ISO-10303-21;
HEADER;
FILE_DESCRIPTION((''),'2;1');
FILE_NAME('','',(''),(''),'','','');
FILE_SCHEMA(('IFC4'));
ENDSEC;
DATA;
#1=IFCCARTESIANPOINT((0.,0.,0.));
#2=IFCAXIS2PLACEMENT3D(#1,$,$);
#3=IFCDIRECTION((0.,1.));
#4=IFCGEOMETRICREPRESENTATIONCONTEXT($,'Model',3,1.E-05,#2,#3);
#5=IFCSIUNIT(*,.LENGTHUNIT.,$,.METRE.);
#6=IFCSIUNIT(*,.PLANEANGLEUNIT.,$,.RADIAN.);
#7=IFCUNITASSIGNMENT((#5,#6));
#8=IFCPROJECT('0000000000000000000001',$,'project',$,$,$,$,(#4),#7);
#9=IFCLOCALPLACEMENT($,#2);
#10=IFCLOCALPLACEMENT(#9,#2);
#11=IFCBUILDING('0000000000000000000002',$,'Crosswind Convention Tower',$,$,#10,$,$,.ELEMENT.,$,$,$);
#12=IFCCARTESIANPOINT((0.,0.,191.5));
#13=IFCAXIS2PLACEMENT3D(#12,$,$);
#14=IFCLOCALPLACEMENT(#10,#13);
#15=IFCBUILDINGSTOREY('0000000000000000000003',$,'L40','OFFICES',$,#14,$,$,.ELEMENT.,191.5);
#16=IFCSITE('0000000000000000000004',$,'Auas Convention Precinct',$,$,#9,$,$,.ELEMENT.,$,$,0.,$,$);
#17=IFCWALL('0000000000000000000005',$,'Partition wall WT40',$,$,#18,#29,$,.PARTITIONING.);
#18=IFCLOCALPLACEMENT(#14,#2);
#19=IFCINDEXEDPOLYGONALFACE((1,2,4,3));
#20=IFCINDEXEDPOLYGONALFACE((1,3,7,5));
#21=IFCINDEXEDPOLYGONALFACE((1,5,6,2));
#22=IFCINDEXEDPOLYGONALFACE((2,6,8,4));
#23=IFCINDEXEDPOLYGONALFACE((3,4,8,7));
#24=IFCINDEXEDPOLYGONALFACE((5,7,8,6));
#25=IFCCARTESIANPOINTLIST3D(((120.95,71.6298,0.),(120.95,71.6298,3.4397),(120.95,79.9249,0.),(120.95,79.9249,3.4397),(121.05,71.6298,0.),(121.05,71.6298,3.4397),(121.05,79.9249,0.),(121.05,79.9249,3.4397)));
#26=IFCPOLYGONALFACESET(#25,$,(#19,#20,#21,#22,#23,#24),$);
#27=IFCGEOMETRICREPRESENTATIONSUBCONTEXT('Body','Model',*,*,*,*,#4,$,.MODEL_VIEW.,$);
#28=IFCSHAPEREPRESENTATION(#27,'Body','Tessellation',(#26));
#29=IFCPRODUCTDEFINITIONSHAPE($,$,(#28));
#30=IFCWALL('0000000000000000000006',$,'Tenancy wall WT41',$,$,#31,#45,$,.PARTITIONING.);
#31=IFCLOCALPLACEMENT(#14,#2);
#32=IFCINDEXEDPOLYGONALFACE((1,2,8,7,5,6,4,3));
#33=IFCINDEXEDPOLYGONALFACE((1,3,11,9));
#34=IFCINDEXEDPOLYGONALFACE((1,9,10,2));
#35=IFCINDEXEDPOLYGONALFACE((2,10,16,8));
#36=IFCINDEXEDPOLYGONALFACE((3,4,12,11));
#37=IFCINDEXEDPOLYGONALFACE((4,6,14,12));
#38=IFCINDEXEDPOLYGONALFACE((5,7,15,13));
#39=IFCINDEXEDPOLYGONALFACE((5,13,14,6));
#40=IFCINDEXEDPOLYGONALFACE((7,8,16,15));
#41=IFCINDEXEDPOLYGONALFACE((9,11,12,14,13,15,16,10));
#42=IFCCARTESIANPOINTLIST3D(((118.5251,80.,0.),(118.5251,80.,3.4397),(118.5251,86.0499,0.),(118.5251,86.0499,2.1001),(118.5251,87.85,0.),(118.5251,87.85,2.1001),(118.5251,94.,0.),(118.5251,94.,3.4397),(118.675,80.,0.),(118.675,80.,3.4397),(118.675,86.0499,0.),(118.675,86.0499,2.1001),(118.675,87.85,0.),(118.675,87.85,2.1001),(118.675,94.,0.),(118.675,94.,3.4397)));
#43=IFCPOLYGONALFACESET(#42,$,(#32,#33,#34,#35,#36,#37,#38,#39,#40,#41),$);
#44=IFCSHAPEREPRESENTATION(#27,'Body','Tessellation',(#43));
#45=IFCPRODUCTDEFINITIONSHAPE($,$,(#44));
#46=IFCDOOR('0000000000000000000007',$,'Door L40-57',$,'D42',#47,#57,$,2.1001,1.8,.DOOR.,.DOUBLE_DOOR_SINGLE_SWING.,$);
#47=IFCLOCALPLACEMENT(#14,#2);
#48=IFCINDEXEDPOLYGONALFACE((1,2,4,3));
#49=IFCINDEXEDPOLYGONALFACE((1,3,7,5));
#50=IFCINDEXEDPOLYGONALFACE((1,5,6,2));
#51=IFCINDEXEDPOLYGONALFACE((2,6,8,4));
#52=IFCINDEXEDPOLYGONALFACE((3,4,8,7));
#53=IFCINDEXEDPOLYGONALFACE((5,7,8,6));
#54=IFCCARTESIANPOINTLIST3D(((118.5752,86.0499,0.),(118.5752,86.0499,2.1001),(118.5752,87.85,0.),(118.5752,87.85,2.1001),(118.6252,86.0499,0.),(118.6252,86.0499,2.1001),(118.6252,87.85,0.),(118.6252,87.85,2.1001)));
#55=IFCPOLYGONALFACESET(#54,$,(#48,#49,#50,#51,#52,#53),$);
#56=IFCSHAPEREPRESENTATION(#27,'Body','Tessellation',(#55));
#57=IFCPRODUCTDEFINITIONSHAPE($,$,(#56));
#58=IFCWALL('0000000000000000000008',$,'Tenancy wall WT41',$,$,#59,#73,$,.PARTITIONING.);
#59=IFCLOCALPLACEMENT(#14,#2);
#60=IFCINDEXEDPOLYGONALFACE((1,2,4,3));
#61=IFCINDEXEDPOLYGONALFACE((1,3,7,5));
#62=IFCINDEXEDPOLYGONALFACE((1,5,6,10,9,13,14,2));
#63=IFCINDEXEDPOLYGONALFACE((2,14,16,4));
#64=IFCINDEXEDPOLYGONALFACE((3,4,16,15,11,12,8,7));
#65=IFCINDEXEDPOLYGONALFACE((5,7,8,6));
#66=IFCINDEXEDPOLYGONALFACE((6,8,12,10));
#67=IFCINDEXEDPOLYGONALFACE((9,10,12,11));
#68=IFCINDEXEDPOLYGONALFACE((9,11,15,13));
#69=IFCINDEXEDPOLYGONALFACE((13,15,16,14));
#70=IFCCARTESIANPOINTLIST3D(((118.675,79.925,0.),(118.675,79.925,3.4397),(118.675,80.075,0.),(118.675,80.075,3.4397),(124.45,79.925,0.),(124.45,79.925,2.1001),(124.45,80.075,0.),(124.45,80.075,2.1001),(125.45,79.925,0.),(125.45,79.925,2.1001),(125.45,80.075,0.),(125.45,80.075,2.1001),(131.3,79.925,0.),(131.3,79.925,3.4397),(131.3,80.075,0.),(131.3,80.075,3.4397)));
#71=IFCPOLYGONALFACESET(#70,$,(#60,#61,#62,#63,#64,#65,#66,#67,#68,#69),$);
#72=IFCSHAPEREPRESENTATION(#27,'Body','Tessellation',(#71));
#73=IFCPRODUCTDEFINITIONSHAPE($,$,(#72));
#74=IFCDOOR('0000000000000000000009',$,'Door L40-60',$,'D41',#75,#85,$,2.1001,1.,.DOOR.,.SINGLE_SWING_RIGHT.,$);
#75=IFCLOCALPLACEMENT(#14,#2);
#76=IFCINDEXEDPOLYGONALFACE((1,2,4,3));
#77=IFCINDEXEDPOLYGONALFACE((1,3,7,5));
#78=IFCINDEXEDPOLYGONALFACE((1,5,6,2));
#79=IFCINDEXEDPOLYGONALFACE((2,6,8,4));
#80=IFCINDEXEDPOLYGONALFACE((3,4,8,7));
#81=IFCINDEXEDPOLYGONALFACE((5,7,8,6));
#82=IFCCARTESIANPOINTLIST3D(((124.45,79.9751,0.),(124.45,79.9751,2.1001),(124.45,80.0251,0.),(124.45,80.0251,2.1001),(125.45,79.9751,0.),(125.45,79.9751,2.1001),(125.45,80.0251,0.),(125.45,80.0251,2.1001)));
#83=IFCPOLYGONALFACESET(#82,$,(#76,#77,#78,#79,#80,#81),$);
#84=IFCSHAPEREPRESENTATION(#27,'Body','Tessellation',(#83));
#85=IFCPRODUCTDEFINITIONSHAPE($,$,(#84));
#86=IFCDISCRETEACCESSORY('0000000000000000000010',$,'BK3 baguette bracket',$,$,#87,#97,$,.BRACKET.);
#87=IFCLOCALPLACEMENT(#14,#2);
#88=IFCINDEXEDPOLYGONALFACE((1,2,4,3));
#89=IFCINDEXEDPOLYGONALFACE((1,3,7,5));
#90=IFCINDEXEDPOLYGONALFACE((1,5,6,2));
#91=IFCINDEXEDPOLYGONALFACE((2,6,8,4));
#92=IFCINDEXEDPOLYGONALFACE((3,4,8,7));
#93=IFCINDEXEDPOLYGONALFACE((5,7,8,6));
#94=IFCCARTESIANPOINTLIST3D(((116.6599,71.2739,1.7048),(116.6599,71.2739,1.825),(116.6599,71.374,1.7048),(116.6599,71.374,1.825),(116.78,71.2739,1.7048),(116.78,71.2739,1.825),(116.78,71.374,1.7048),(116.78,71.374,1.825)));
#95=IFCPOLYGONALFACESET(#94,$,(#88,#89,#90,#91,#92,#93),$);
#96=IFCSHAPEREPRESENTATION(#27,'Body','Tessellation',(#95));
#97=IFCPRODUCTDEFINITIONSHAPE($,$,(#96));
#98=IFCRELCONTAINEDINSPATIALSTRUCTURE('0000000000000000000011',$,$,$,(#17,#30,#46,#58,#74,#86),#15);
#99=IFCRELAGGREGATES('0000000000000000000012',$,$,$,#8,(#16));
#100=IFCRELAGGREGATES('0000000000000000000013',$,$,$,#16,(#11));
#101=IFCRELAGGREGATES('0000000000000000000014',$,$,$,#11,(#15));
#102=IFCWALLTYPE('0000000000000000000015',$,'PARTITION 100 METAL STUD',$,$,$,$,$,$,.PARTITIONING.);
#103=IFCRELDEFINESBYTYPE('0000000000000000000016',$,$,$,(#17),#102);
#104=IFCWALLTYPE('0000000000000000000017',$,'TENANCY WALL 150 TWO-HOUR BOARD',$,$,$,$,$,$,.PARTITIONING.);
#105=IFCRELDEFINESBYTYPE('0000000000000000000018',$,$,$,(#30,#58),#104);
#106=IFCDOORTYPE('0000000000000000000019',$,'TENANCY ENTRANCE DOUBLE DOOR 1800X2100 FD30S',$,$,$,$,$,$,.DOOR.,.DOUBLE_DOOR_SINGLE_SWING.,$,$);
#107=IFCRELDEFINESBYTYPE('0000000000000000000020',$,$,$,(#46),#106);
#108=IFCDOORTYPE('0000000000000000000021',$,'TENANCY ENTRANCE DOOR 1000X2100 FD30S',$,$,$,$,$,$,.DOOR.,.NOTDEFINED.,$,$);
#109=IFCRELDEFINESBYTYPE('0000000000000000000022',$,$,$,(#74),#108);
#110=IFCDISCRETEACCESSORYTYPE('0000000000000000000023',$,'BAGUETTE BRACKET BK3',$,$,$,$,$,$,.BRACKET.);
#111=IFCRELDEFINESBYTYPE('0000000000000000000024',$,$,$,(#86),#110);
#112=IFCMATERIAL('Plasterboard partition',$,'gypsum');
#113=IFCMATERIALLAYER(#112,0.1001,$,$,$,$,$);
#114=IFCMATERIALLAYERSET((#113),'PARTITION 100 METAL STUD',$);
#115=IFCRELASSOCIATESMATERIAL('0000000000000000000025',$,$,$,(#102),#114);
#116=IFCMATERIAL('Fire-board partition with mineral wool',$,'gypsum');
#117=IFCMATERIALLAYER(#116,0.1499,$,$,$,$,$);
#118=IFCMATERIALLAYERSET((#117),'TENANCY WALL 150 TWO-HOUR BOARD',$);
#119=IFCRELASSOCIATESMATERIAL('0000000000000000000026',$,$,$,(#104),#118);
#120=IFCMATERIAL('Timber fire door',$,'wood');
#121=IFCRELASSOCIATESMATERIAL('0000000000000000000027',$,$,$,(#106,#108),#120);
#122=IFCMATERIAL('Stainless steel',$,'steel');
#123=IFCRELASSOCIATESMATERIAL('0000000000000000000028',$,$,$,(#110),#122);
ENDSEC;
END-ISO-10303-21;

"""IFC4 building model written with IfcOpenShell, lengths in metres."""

from ifc_helpers import new_model, si_unit, direction, frame, frame_2d, origin, origin_2d, place, context, subcontext, project, spatial, rectangle, extrude, material, layer, layer_set, type_object, element, fill, save


model = new_model("IFC4")

# Units and contexts
model_context = context("Model", 3, precision=1e-05, world=origin(), true_north=direction((0.0, 1.0)))
body_context = subcontext(model_context, "Body", "Model", "MODEL_VIEW")
ifc_project = project(units=[si_unit("LENGTHUNIT", "METRE"), si_unit("PLANEANGLEUNIT", "RADIAN")], contexts=[model_context])

# Site, building, storey
site_placement = place(None, origin())
site = spatial("IfcSite", under=ifc_project, at=site_placement, Name="Auas Convention Precinct", CompositionType="ELEMENT", RefElevation=0.0)
building_placement = place(site_placement, origin())
building = spatial("IfcBuilding", under=site, at=building_placement, Name="Crosswind Convention Tower", CompositionType="ELEMENT")
storey_placement = place(building_placement, frame((0.0, 0.0, 191.5)))
storey = spatial("IfcBuildingStorey", under=building, at=storey_placement, Name="L40", Description="OFFICES", CompositionType="ELEMENT", Elevation=191.5)

# Wall
ifc_material_1 = material(Name="Plasterboard partition", Category="gypsum")
ifc_layer_1 = layer(ifc_material_1, 0.1001)
ifc_layer_set_1 = layer_set([ifc_layer_1], Name="PARTITION 100 METAL STUD")
wall_type_1 = type_object("IfcWallType", Name="PARTITION 100 METAL STUD", PredefinedType="PARTITIONING", material=ifc_layer_set_1)
wall_1_placement = place(storey_placement, frame((121.0, 71.6299, 0.0), z_axis=(0.0, 0.0, 1.0), x_axis=(0.0, 1.0, 0.0)))
element("IfcWall", 1, at=wall_1_placement, inside=storey, type_object=wall_type_1, Name="Partition wall WT40", PredefinedType="PARTITIONING", context=body_context, shape_type="SweptSolid", body=[
    extrude(rectangle(XDim=8.2952, YDim=0.1001, at=frame_2d((4.1475, 0.0))), origin(), (0.0, 0.0, 1.0), 3.4397),
])

# Walls, openings, doors
ifc_material_2 = material(Name="Fire-board partition with mineral wool", Category="gypsum")
ifc_layer_2 = layer(ifc_material_2, 0.1499)
ifc_layer_set_2 = layer_set([ifc_layer_2], Name="TENANCY WALL 150 TWO-HOUR BOARD")
wall_type_2 = type_object("IfcWallType", Name="TENANCY WALL 150 TWO-HOUR BOARD", PredefinedType="PARTITIONING", material=ifc_layer_set_2)
wall_2_placement = place(storey_placement, frame((118.6001, 80.0, 0.0), z_axis=(0.0, 0.0, 1.0), x_axis=(0.0, 1.0, 0.0)))
wall_2 = element("IfcWall", 2, at=wall_2_placement, inside=storey, type_object=wall_type_2, Name="Tenancy wall WT41", PredefinedType="PARTITIONING", context=body_context, shape_type="SweptSolid", body=[
    extrude(rectangle(XDim=14.0, YDim=0.1499, at=frame_2d((7.0, 0.0))), origin(), (0.0, 0.0, 1.0), 3.4397),
])
opening_1_placement = place(wall_2_placement, frame((6.05, 0.0, 0.0)))
opening_1 = element("IfcOpeningElement", 3, at=opening_1_placement, cuts=wall_2, PredefinedType="OPENING", context=body_context, shape_type="SweptSolid", body=[
    extrude(rectangle(XDim=1.8, YDim=2.1001, at=frame_2d((0.8999, 1.05))), frame((0.0, 0.085, 0.0), z_axis=(0.0, -1.0, 0.0), x_axis=(1.0, 0.0, 0.0)), (0.0, 0.0, 1.0), 0.1699),
])
ifc_material_3 = material(Name="Timber fire door", Category="wood")
door_type_1 = type_object("IfcDoorType", Name="TENANCY ENTRANCE DOUBLE DOOR 1800X2100 FD30S", OperationType="DOUBLE_DOOR_SINGLE_SWING", PredefinedType="DOOR", material=ifc_material_3)
door_1_placement = place(opening_1_placement, origin())
door_1 = element("IfcDoor", 4, at=door_1_placement, inside=storey, type_object=door_type_1, Name="Door L40-57", ObjectType="D42", OperationType="DOUBLE_DOOR_SINGLE_SWING", OverallHeight=2.1001, OverallWidth=1.8, PredefinedType="DOOR", context=body_context, shape_type="SweptSolid", body=[
    extrude(rectangle(XDim=1.8, YDim=2.1001, at=frame_2d((0.8999, 1.05))), frame((0.0, 0.0249, 0.0), z_axis=(0.0, -1.0, 0.0), x_axis=(1.0, 0.0, 0.0)), (0.0, 0.0, 1.0), 0.05),
])
fill(opening_1, door_1)
wall_3_placement = place(storey_placement, frame((118.675, 80.0, 0.0), z_axis=(0.0, 0.0, 1.0), x_axis=(1.0, 0.0, 0.0)))
wall_3 = element("IfcWall", 5, at=wall_3_placement, inside=storey, type_object=wall_type_2, Name="Tenancy wall WT41", PredefinedType="PARTITIONING", context=body_context, shape_type="SweptSolid", body=[
    extrude(rectangle(XDim=12.625, YDim=0.1499, at=frame_2d((6.3125, 0.0))), origin(), (0.0, 0.0, 1.0), 3.4397),
])
opening_2_placement = place(wall_3_placement, frame((5.7749, 0.0, 0.0)))
opening_2 = element("IfcOpeningElement", 6, at=opening_2_placement, cuts=wall_3, PredefinedType="OPENING", context=body_context, shape_type="SweptSolid", body=[
    extrude(rectangle(XDim=1.0, YDim=2.1001, at=frame_2d((0.5, 1.05))), frame((0.0, 0.085, 0.0), z_axis=(0.0, -1.0, 0.0), x_axis=(1.0, 0.0, 0.0)), (0.0, 0.0, 1.0), 0.1699),
])
door_type_2 = type_object("IfcDoorType", Name="TENANCY ENTRANCE DOOR 1000X2100 FD30S", OperationType="NOTDEFINED", PredefinedType="DOOR", material=ifc_material_3)
door_2_placement = place(opening_2_placement, frame((1.0, 0.0, 0.0), z_axis=(0.0, 0.0, 1.0), x_axis=(-1.0, 0.0, 0.0)))
door_2 = element("IfcDoor", 7, at=door_2_placement, inside=storey, type_object=door_type_2, Name="Door L40-60", ObjectType="D41", OperationType="SINGLE_SWING_RIGHT", OverallHeight=2.1001, OverallWidth=1.0, PredefinedType="DOOR", context=body_context, shape_type="SweptSolid", body=[
    extrude(rectangle(XDim=1.0, YDim=2.1001, at=frame_2d((0.5, 1.05))), frame((0.0, 0.0249, 0.0), z_axis=(0.0, -1.0, 0.0), x_axis=(1.0, 0.0, 0.0)), (0.0, 0.0, 1.0), 0.05),
])
fill(opening_2, door_2)

# Discrete accessory
ifc_material_4 = material(Name="Stainless steel", Category="steel")
discrete_accessory_type = type_object("IfcDiscreteAccessoryType", Name="BAGUETTE BRACKET BK3", PredefinedType="BRACKET", material=ifc_material_4)
discrete_accessory_placement = place(storey_placement, frame((116.72, 71.324, 1.7048), z_axis=(0.0, 0.0, 1.0), x_axis=(1.0, 0.0, 0.0)))
element("IfcDiscreteAccessory", 8, at=discrete_accessory_placement, inside=storey, type_object=discrete_accessory_type, Name="BK3 baguette bracket", PredefinedType="BRACKET", context=body_context, shape_type="SweptSolid", body=[
    extrude(rectangle(XDim=0.1201, YDim=0.1001, at=origin_2d()), origin(), (0.0, 0.0, 1.0), 0.1201),
])

save(model, "model.ifc")
